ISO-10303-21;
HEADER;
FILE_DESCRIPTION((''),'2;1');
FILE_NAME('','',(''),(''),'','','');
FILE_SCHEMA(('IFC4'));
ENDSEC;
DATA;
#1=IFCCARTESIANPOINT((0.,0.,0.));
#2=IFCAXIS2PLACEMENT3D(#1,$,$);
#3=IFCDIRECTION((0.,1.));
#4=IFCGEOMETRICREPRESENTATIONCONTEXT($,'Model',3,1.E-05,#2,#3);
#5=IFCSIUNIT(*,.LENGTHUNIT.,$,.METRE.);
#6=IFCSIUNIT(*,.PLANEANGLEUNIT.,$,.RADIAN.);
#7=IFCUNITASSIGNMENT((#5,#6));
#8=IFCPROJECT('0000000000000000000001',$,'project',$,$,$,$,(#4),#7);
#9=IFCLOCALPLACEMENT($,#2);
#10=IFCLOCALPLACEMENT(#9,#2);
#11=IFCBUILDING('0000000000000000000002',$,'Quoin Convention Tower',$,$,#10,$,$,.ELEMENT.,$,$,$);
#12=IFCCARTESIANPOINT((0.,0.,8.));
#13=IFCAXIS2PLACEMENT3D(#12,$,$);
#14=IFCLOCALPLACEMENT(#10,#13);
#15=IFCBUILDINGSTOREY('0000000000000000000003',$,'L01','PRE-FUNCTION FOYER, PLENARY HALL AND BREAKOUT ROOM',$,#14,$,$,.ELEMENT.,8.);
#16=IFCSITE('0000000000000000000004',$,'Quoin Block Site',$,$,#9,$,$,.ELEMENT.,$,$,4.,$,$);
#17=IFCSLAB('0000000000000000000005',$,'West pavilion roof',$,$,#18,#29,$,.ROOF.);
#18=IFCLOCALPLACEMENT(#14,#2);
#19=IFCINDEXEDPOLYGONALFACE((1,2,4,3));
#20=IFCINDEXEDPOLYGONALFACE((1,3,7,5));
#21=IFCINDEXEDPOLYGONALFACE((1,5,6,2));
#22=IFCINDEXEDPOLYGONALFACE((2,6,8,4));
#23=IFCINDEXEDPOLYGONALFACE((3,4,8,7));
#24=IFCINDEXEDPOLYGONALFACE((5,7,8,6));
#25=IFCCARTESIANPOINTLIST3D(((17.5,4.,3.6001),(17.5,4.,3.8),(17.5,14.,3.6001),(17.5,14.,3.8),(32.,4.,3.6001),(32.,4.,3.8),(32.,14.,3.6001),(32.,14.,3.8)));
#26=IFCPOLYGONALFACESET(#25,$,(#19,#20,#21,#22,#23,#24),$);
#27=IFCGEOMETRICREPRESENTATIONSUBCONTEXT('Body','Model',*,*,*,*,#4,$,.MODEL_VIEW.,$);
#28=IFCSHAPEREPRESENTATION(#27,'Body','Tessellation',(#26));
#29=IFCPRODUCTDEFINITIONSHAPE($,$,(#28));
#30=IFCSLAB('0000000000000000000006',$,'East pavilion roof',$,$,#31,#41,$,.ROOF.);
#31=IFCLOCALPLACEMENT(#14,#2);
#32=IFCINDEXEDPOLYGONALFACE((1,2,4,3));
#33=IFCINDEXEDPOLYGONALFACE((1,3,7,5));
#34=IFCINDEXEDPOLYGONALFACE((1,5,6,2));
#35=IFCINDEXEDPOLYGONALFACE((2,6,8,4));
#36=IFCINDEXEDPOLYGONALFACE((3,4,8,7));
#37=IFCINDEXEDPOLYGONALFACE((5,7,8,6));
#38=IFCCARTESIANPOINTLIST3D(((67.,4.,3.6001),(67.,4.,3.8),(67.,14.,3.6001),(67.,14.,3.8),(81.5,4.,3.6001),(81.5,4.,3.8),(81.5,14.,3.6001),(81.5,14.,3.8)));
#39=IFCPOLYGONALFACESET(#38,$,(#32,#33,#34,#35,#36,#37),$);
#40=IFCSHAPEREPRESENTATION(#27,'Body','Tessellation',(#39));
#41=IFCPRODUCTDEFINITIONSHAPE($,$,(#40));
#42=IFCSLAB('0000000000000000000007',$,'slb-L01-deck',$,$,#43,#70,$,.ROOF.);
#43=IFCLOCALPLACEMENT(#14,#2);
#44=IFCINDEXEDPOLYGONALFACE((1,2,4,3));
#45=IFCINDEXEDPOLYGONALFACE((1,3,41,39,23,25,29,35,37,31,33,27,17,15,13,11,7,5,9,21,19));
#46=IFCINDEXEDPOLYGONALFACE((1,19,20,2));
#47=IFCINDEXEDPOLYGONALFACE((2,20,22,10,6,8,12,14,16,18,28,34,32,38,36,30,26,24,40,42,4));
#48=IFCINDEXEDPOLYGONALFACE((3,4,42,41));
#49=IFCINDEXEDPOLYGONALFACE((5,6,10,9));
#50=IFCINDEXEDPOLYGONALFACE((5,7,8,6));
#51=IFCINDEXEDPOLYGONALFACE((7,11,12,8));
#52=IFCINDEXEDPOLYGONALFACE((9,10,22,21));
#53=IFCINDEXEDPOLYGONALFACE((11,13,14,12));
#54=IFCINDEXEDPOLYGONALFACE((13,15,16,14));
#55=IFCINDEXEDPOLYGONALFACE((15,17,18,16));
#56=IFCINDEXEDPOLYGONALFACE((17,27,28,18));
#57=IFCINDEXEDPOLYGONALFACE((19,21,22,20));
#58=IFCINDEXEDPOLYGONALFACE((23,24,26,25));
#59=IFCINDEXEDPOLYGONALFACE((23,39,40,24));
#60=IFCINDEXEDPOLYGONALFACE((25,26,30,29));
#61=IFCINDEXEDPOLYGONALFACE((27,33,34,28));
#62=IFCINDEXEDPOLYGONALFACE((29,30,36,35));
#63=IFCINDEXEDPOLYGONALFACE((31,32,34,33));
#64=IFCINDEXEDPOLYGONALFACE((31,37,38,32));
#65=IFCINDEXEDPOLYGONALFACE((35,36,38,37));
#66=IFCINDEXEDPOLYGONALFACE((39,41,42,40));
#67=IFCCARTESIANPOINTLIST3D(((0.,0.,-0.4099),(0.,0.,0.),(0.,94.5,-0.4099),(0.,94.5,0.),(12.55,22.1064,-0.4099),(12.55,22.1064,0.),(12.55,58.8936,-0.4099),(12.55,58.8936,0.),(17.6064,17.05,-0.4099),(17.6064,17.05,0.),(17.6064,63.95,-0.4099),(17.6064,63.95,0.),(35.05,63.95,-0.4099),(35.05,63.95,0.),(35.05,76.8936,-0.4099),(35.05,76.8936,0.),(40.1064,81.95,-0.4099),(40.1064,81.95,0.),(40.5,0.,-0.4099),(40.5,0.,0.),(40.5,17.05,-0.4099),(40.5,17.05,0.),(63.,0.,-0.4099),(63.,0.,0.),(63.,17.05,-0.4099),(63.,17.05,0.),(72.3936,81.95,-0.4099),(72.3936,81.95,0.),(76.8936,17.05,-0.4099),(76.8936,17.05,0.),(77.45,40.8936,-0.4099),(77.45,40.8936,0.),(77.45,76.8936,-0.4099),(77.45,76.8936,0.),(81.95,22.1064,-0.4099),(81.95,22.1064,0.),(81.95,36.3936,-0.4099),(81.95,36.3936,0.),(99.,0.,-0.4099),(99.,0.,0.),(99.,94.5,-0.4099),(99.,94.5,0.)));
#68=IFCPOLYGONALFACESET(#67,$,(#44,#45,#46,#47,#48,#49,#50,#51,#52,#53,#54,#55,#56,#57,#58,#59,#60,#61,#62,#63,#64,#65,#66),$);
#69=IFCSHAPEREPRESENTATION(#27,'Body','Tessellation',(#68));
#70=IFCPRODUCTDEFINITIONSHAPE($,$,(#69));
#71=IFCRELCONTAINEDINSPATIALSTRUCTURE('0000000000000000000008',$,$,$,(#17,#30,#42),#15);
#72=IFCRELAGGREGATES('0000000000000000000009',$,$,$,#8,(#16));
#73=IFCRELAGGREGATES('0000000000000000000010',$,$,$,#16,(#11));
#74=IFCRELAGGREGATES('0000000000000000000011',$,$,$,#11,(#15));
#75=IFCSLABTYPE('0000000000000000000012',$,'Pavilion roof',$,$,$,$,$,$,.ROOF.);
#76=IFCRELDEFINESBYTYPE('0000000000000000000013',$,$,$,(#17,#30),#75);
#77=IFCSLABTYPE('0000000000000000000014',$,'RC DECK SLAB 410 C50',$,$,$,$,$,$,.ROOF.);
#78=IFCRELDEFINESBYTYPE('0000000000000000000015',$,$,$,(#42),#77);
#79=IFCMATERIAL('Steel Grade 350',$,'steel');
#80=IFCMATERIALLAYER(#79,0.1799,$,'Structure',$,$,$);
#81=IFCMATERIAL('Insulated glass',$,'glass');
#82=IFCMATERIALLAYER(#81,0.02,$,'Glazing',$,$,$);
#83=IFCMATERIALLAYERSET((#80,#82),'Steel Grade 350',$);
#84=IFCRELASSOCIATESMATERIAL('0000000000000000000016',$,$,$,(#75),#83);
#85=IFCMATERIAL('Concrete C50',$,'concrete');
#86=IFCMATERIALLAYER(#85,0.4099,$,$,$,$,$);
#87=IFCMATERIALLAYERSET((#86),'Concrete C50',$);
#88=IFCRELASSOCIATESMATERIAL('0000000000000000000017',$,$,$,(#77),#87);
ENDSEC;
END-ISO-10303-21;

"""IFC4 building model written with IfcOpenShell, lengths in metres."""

from ifc_helpers import new_model, si_unit, direction, frame, origin, place, context, subcontext, project, spatial, polyline, outline, extrude, material, layer, layer_set, type_object, element, save


model = new_model("IFC4")

# Units and contexts
model_context = context("Model", 3, precision=1e-05, world=origin(), true_north=direction((0.0, 1.0)))
body_context = subcontext(model_context, "Body", "Model", "MODEL_VIEW")
ifc_project = project(units=[si_unit("LENGTHUNIT", "METRE"), si_unit("PLANEANGLEUNIT", "RADIAN")], contexts=[model_context])

# Site, building, storey
site_placement = place(None, origin())
site = spatial("IfcSite", under=ifc_project, at=site_placement, Name="Quoin Block Site", CompositionType="ELEMENT", RefElevation=4.0)
building_placement = place(site_placement, origin())
building = spatial("IfcBuilding", under=site, at=building_placement, Name="Quoin Convention Tower", CompositionType="ELEMENT")
storey_placement = place(building_placement, frame((0.0, 0.0, 8.0)))
storey = spatial("IfcBuildingStorey", under=building, at=storey_placement, Name="L01", Description="PRE-FUNCTION FOYER, PLENARY HALL AND BREAKOUT ROOM", CompositionType="ELEMENT", Elevation=8.0)

# Slabs
ifc_material_1 = material(Name="Steel Grade 350", Category="steel")
ifc_layer_1 = layer(ifc_material_1, 0.1799, Name="Structure")
ifc_material_2 = material(Name="Insulated glass", Category="glass")
ifc_layer_2 = layer(ifc_material_2, 0.02, Name="Glazing")
ifc_layer_set_1 = layer_set([ifc_layer_1, ifc_layer_2], Name="Steel Grade 350")
slab_type_1 = type_object("IfcSlabType", Name="Pavilion roof", PredefinedType="ROOF", material=ifc_layer_set_1)
slab_1_placement = place(storey_placement, frame((0.0, 0.0, 3.6001)))
element("IfcSlab", 1, at=slab_1_placement, inside=storey, type_object=slab_type_1, Name="West pavilion roof", PredefinedType="ROOF", context=body_context, shape_type="SweptSolid", body=[
    extrude(outline(polyline([(17.5, 4.0), (32.0, 4.0), (32.0, 14.0), (17.5, 14.0), (17.5, 4.0)])), origin(), (0.0, 0.0, 1.0), 0.2),
])
slab_2_placement = place(storey_placement, frame((0.0, 0.0, 3.6001)))
element("IfcSlab", 2, at=slab_2_placement, inside=storey, type_object=slab_type_1, Name="East pavilion roof", PredefinedType="ROOF", context=body_context, shape_type="SweptSolid", body=[
    extrude(outline(polyline([(67.0, 4.0), (81.5, 4.0), (81.5, 14.0), (67.0, 14.0), (67.0, 4.0)])), origin(), (0.0, 0.0, 1.0), 0.2),
])
ifc_material_3 = material(Name="Concrete C50", Category="concrete")
ifc_layer_3 = layer(ifc_material_3, 0.4099)
ifc_layer_set_2 = layer_set([ifc_layer_3], Name="Concrete C50")
slab_type_2 = type_object("IfcSlabType", Name="RC DECK SLAB 410 C50", PredefinedType="ROOF", material=ifc_layer_set_2)
slab_3_placement = place(storey_placement, frame((0.0, 0.0, -0.4099)))
element("IfcSlab", 3, at=slab_3_placement, inside=storey, type_object=slab_type_2, Name="slb-L01-deck", PredefinedType="ROOF", context=body_context, shape_type="SweptSolid", body=[
    extrude(outline(polyline([(0.0, 94.5), (99.0, 94.5), (99.0, 0.0), (63.0, 0.0), (63.0, 17.05), (76.8936, 17.05), (81.95, 22.1064), (81.95, 36.3936), (77.45, 40.8936), (77.45, 76.8936), (72.3936, 81.95), (40.1064, 81.95), (35.05, 76.8936), (35.05, 63.95), (17.6064, 63.95), (12.55, 58.8936), (12.55, 22.1064), (17.6064, 17.05), (40.5, 17.05), (40.5, 0.0), (0.0, 0.0), (0.0, 94.5)])), origin(), (0.0, 0.0, 1.0), 0.4099),
])

save(model, "model.ifc")
